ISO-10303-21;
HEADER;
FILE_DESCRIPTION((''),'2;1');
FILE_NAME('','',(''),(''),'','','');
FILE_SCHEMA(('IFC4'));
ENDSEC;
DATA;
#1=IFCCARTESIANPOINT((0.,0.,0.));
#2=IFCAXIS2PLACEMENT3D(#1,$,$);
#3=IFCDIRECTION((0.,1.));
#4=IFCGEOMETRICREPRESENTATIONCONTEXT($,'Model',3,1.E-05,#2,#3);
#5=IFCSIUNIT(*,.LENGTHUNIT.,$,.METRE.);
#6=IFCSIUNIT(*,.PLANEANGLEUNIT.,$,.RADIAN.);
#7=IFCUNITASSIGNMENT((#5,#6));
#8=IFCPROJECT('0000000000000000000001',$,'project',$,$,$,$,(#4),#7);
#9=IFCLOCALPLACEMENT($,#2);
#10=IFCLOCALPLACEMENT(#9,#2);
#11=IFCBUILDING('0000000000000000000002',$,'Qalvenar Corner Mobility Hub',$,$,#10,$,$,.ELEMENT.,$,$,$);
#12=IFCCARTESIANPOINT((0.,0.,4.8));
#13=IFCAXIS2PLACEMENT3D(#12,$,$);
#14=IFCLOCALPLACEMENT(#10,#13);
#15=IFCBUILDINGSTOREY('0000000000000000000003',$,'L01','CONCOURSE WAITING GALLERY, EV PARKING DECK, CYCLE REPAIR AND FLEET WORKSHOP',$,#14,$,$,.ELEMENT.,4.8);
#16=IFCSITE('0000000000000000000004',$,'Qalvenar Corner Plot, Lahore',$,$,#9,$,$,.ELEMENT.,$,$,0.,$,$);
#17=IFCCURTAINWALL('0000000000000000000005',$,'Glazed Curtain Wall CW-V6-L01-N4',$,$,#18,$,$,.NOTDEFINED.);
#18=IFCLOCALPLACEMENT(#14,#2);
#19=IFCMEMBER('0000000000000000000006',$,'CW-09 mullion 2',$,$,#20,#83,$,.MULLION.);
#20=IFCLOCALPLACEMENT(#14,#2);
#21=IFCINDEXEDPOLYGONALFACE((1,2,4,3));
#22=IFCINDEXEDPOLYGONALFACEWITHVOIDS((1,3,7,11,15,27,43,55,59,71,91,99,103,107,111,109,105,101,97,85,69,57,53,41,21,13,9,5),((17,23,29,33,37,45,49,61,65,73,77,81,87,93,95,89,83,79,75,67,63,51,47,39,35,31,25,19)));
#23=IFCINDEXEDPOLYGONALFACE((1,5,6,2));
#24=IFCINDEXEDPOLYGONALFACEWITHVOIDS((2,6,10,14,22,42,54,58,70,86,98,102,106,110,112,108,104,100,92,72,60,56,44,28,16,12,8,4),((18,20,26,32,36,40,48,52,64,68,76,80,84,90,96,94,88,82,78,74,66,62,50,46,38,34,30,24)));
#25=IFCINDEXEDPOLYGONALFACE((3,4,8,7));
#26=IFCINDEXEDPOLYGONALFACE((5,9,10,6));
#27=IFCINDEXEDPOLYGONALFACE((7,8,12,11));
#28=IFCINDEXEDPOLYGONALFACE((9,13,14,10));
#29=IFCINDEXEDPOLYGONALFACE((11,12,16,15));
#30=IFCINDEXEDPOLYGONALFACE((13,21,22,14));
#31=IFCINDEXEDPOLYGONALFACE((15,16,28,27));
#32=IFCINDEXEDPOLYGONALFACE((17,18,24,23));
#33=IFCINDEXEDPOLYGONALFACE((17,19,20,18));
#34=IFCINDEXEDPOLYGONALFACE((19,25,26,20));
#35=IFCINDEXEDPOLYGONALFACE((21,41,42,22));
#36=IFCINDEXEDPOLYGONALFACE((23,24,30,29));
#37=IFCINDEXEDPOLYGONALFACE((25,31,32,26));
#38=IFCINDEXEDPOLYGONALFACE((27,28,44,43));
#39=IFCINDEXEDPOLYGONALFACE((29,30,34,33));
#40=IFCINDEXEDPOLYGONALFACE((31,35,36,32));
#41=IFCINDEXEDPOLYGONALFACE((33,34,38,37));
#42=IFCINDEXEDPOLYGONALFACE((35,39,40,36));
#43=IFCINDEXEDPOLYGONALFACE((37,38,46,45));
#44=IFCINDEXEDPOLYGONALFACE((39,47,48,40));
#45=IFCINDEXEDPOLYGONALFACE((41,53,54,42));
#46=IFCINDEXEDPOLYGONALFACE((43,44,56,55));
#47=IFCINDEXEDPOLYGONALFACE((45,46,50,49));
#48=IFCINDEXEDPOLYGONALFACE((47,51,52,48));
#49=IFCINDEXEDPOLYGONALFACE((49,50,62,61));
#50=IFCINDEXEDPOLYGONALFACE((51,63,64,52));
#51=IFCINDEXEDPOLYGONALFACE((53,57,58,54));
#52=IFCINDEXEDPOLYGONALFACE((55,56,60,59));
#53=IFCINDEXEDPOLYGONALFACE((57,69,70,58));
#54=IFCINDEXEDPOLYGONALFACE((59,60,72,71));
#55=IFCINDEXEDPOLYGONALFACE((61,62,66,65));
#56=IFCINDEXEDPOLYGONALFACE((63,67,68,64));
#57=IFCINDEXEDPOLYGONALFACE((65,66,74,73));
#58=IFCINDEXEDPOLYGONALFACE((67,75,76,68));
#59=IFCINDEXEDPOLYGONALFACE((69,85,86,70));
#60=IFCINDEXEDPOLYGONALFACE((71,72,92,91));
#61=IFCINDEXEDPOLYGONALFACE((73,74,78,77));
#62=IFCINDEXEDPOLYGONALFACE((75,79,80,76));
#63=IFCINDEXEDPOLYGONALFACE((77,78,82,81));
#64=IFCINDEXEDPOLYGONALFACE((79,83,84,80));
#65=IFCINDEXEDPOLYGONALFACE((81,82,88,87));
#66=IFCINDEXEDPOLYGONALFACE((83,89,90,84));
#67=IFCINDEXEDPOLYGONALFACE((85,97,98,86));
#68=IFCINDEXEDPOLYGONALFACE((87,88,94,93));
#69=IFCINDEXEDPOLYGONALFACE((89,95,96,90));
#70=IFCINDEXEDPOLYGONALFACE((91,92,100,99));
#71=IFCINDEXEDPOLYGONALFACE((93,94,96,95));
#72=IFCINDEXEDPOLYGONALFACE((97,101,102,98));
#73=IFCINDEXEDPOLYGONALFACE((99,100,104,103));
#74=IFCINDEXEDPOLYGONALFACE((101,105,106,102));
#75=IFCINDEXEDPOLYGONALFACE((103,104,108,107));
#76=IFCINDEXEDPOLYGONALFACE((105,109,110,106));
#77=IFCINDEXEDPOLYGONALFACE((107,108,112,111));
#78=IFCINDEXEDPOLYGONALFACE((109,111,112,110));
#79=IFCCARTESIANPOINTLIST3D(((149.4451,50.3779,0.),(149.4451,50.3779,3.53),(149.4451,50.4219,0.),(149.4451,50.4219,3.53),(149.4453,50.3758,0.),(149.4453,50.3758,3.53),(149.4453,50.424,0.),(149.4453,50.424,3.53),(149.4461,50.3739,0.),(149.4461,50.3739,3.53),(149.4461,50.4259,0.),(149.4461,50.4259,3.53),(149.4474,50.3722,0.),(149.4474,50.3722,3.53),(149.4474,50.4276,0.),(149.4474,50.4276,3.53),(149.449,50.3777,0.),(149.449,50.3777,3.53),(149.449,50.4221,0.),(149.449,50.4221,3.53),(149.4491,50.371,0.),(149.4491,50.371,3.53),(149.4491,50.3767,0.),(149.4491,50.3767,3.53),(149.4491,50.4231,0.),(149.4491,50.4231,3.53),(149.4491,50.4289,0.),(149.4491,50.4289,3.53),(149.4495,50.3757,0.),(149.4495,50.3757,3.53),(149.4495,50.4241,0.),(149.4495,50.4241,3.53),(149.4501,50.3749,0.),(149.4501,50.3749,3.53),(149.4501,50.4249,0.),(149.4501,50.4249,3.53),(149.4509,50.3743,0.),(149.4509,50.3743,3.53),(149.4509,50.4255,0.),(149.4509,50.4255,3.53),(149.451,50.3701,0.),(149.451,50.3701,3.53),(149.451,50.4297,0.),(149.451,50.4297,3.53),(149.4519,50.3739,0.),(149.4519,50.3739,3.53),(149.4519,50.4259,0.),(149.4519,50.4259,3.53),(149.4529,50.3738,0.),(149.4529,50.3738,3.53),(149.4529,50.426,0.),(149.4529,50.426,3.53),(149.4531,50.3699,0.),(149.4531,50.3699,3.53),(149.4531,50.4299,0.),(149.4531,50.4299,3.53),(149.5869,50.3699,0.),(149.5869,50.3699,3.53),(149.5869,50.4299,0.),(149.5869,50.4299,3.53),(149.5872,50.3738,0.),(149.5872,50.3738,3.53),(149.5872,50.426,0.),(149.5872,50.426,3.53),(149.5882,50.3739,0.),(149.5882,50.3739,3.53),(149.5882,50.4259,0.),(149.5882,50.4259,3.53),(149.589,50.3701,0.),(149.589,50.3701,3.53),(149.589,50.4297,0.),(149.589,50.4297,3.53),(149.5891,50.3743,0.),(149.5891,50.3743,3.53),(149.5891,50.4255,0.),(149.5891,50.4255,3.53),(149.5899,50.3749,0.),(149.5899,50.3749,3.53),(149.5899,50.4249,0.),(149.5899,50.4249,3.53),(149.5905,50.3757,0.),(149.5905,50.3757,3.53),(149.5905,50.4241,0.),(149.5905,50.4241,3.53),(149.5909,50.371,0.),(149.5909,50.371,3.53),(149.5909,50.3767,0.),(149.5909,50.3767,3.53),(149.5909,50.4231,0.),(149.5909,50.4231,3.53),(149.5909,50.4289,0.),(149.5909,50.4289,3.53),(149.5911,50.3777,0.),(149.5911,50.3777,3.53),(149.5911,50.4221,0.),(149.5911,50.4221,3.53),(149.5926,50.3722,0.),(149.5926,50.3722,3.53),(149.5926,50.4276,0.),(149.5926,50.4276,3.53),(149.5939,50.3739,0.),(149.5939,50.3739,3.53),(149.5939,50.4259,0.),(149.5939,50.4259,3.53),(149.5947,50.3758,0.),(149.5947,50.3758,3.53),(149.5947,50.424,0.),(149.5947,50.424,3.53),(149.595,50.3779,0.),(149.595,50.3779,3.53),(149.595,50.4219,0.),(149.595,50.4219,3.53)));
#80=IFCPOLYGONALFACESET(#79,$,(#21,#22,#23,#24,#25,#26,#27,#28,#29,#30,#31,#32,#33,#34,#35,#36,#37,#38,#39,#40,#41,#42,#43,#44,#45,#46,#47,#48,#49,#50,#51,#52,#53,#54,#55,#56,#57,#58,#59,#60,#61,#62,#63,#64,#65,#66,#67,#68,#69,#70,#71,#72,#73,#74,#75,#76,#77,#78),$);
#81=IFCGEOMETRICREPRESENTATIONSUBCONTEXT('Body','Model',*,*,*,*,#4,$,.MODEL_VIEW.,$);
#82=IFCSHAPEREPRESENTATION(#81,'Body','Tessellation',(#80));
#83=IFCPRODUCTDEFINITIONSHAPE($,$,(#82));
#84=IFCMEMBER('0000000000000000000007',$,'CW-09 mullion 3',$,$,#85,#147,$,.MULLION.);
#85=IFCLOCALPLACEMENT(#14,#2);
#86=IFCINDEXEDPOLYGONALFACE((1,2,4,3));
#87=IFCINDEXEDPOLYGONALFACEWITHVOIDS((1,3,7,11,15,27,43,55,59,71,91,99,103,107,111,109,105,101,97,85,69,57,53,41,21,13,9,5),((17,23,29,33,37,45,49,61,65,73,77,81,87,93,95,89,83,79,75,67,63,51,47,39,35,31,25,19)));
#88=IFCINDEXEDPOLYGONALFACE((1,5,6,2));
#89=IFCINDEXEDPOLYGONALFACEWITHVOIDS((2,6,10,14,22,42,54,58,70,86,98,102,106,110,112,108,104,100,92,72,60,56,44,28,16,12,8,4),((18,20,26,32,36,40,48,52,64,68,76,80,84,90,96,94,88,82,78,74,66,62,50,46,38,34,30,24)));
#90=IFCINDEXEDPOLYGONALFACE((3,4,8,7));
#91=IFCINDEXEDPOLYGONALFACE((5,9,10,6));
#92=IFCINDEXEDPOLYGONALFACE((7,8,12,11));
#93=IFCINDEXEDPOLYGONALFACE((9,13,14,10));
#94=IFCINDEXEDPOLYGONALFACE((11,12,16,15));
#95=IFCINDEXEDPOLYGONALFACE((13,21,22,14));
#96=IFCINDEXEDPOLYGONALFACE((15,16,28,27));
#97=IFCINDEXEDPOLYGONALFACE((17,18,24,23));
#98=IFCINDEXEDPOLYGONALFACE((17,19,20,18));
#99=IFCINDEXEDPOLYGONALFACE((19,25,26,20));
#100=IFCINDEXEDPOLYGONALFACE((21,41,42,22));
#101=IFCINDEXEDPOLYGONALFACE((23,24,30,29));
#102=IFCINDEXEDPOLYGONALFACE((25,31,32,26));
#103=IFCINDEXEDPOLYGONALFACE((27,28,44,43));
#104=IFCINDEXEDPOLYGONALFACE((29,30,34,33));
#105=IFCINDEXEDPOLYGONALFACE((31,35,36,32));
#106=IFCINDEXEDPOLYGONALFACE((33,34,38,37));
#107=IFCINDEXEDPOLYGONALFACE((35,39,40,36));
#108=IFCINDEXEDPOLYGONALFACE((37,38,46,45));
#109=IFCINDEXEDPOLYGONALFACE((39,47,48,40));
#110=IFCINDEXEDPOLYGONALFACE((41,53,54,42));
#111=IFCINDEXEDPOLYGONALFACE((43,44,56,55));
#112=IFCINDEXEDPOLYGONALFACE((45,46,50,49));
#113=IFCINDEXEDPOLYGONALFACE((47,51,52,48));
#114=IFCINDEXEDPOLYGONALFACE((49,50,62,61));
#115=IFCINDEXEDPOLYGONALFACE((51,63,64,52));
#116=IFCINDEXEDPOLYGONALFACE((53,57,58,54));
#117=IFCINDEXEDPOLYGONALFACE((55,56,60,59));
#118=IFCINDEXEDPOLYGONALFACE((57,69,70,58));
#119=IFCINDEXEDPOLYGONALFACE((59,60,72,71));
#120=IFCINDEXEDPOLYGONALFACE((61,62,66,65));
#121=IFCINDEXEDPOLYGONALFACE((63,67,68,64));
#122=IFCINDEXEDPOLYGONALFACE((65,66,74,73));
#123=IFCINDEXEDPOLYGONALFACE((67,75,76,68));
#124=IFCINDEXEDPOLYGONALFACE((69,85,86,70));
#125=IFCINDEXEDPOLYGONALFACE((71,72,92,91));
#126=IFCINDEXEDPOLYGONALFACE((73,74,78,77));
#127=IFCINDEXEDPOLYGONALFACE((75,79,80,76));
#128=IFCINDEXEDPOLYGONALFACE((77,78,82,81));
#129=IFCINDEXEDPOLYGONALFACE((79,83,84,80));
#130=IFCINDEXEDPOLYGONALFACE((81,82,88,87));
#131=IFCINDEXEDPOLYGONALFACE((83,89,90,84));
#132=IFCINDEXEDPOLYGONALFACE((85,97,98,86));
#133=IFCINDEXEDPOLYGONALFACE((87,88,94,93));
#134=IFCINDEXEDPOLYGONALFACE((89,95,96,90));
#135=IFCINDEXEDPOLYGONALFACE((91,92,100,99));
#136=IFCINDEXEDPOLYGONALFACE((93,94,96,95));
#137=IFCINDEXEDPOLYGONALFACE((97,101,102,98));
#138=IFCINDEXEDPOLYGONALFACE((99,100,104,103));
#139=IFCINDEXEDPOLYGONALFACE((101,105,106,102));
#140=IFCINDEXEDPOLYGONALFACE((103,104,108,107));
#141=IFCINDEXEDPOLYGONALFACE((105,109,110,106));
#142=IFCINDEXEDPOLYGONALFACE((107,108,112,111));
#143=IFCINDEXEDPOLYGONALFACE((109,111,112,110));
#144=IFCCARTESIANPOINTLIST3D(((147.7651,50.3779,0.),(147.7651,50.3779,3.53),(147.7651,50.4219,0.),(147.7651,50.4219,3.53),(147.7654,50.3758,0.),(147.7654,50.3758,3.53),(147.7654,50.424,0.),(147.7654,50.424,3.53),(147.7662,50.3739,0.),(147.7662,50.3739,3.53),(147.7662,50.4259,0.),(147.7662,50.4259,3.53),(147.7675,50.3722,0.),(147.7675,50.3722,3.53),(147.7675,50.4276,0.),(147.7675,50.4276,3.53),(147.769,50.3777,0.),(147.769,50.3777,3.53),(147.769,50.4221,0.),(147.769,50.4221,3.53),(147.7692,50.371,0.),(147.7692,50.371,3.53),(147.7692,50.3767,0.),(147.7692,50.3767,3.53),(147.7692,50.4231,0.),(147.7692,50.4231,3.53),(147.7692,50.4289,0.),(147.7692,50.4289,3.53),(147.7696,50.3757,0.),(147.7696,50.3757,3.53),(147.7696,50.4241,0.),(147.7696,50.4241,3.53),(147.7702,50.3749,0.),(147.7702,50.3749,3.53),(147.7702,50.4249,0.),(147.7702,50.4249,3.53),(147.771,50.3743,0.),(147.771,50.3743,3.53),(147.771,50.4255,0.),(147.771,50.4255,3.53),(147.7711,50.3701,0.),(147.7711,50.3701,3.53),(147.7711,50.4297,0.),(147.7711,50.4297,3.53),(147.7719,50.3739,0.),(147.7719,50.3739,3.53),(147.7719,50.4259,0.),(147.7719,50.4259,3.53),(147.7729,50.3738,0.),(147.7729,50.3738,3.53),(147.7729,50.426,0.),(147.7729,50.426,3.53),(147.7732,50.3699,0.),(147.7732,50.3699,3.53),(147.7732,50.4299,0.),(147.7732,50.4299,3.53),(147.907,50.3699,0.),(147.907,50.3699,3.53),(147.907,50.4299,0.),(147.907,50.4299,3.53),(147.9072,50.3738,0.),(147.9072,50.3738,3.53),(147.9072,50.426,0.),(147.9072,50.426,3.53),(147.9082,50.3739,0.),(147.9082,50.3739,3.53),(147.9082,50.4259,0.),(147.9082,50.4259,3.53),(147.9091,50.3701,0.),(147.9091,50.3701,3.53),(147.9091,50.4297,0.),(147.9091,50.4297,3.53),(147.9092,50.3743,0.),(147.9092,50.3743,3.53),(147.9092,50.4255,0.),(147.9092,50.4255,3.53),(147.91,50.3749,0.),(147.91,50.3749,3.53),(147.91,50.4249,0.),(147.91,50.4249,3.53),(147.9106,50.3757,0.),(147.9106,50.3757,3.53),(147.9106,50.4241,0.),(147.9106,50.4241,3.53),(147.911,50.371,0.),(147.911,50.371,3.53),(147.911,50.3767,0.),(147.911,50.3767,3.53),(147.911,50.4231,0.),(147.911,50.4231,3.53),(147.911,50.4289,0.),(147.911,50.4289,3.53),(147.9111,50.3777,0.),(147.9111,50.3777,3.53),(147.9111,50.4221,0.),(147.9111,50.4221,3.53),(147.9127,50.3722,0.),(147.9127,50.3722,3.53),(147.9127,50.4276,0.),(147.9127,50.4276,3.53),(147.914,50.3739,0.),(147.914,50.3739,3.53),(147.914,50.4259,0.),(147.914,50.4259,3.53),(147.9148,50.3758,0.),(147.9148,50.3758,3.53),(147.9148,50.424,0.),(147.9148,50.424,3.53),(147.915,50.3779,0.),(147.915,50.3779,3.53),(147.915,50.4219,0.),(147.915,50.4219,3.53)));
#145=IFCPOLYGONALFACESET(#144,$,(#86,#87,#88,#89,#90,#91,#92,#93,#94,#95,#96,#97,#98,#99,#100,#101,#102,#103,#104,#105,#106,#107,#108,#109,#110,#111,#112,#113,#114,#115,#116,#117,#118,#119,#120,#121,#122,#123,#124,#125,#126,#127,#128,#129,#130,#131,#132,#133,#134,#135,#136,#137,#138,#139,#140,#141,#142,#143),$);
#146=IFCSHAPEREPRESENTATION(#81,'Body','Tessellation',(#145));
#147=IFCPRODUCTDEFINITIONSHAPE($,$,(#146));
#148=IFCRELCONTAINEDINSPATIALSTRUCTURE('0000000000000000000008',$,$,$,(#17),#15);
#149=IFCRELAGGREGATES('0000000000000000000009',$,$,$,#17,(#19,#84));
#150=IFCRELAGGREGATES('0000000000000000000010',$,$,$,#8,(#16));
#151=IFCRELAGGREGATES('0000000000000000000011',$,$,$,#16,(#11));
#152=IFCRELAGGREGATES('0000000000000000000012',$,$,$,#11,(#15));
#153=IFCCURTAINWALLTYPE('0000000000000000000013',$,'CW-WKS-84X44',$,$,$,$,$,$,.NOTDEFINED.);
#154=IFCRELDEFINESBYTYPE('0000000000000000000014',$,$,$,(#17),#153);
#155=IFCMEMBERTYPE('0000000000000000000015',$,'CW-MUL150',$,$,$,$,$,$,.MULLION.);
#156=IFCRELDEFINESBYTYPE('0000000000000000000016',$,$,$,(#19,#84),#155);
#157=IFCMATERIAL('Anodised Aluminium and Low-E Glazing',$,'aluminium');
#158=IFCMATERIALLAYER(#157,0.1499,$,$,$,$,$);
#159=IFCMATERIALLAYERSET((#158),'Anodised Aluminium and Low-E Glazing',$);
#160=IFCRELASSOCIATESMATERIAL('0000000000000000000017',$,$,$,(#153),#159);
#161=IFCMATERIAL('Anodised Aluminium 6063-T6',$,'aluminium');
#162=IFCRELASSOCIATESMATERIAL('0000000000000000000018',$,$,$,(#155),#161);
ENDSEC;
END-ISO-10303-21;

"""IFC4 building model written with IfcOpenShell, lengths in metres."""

from ifc_helpers import new_model, si_unit, direction, frame, origin, origin_2d, place, context, subcontext, project, spatial, hollow_rectangle, extrude, material, layer, layer_set, material_profile, profile_set, type_object, element, aggregate, save


model = new_model("IFC4")

# Units and contexts
model_context = context("Model", 3, precision=1e-05, world=origin(), true_north=direction((0.0, 1.0)))
body_context = subcontext(model_context, "Body", "Model", "MODEL_VIEW")
ifc_project = project(units=[si_unit("LENGTHUNIT", "METRE"), si_unit("PLANEANGLEUNIT", "RADIAN")], contexts=[model_context])

# Site, building, storey
site_placement = place(None, origin())
site = spatial("IfcSite", under=ifc_project, at=site_placement, Name="Qalvenar Corner Plot, Lahore", CompositionType="ELEMENT", RefElevation=0.0)
building_placement = place(site_placement, origin())
building = spatial("IfcBuilding", under=site, at=building_placement, Name="Qalvenar Corner Mobility Hub", CompositionType="ELEMENT")
storey_placement = place(building_placement, frame((0.0, 0.0, 4.8)))
storey = spatial("IfcBuildingStorey", under=building, at=storey_placement, Name="L01", Description="CONCOURSE WAITING GALLERY, EV PARKING DECK, CYCLE REPAIR AND FLEET WORKSHOP", CompositionType="ELEMENT", Elevation=4.8)

# Curtain wall, members
ifc_material_1 = material(Name="Anodised Aluminium and Low-E Glazing", Category="aluminium")
ifc_layer_1 = layer(ifc_material_1, 0.1499)
ifc_layer_set_1 = layer_set([ifc_layer_1], Name="Anodised Aluminium and Low-E Glazing")
curtain_wall_type = type_object("IfcCurtainWallType", Name="CW-WKS-84X44", PredefinedType="NOTDEFINED", material=ifc_layer_set_1)
curtain_wall_placement = place(storey_placement, origin())
curtain_wall = element("IfcCurtainWall", 1, at=curtain_wall_placement, inside=storey, type_object=curtain_wall_type, Name="Glazed Curtain Wall CW-V6-L01-N4", PredefinedType="NOTDEFINED")
ifc_material_2 = material(Name="Anodised Aluminium 6063-T6", Category="aluminium")
ifc_material_profile_1 = material_profile(ifc_material_2, hollow_rectangle(XDim=0.0601, YDim=0.1499, WallThickness=0.0039, InnerFilletRadius=0.0039, OuterFilletRadius=0.0081, at=origin_2d()), Name="RHS150x60x4")
ifc_profile_set_1 = profile_set([ifc_material_profile_1], Name="Anodised Aluminium 6063-T6")
member_type_1 = type_object("IfcMemberType", Name="CW-MUL150", PredefinedType="MULLION", material=ifc_profile_set_1)
member_1_placement = place(storey_placement, frame((149.52, 50.3999, 0.0), z_axis=(0.0, 0.0, 1.0), x_axis=(0.0, -1.0, 0.0)))
member_1 = element("IfcMember", 2, at=member_1_placement, type_object=member_type_1, Name="CW-09 mullion 2", PredefinedType="MULLION", context=body_context, shape_type="SweptSolid", body=[
    extrude(hollow_rectangle(XDim=0.0601, YDim=0.1499, WallThickness=0.0039, InnerFilletRadius=0.0039, OuterFilletRadius=0.0081, at=origin_2d()), origin(), (0.0, 0.0, 1.0), 3.53),
])
member_2_placement = place(storey_placement, frame((147.8401, 50.3999, 0.0), z_axis=(0.0, 0.0, 1.0), x_axis=(0.0, -1.0, 0.0)))
member_2 = element("IfcMember", 3, at=member_2_placement, type_object=member_type_1, Name="CW-09 mullion 3", PredefinedType="MULLION", context=body_context, shape_type="SweptSolid", body=[
    extrude(hollow_rectangle(XDim=0.0601, YDim=0.1499, WallThickness=0.0039, InnerFilletRadius=0.0039, OuterFilletRadius=0.0081, at=origin_2d()), origin(), (0.0, 0.0, 1.0), 3.53),
])
aggregate(curtain_wall, [member_1, member_2])

save(model, "model.ifc")
